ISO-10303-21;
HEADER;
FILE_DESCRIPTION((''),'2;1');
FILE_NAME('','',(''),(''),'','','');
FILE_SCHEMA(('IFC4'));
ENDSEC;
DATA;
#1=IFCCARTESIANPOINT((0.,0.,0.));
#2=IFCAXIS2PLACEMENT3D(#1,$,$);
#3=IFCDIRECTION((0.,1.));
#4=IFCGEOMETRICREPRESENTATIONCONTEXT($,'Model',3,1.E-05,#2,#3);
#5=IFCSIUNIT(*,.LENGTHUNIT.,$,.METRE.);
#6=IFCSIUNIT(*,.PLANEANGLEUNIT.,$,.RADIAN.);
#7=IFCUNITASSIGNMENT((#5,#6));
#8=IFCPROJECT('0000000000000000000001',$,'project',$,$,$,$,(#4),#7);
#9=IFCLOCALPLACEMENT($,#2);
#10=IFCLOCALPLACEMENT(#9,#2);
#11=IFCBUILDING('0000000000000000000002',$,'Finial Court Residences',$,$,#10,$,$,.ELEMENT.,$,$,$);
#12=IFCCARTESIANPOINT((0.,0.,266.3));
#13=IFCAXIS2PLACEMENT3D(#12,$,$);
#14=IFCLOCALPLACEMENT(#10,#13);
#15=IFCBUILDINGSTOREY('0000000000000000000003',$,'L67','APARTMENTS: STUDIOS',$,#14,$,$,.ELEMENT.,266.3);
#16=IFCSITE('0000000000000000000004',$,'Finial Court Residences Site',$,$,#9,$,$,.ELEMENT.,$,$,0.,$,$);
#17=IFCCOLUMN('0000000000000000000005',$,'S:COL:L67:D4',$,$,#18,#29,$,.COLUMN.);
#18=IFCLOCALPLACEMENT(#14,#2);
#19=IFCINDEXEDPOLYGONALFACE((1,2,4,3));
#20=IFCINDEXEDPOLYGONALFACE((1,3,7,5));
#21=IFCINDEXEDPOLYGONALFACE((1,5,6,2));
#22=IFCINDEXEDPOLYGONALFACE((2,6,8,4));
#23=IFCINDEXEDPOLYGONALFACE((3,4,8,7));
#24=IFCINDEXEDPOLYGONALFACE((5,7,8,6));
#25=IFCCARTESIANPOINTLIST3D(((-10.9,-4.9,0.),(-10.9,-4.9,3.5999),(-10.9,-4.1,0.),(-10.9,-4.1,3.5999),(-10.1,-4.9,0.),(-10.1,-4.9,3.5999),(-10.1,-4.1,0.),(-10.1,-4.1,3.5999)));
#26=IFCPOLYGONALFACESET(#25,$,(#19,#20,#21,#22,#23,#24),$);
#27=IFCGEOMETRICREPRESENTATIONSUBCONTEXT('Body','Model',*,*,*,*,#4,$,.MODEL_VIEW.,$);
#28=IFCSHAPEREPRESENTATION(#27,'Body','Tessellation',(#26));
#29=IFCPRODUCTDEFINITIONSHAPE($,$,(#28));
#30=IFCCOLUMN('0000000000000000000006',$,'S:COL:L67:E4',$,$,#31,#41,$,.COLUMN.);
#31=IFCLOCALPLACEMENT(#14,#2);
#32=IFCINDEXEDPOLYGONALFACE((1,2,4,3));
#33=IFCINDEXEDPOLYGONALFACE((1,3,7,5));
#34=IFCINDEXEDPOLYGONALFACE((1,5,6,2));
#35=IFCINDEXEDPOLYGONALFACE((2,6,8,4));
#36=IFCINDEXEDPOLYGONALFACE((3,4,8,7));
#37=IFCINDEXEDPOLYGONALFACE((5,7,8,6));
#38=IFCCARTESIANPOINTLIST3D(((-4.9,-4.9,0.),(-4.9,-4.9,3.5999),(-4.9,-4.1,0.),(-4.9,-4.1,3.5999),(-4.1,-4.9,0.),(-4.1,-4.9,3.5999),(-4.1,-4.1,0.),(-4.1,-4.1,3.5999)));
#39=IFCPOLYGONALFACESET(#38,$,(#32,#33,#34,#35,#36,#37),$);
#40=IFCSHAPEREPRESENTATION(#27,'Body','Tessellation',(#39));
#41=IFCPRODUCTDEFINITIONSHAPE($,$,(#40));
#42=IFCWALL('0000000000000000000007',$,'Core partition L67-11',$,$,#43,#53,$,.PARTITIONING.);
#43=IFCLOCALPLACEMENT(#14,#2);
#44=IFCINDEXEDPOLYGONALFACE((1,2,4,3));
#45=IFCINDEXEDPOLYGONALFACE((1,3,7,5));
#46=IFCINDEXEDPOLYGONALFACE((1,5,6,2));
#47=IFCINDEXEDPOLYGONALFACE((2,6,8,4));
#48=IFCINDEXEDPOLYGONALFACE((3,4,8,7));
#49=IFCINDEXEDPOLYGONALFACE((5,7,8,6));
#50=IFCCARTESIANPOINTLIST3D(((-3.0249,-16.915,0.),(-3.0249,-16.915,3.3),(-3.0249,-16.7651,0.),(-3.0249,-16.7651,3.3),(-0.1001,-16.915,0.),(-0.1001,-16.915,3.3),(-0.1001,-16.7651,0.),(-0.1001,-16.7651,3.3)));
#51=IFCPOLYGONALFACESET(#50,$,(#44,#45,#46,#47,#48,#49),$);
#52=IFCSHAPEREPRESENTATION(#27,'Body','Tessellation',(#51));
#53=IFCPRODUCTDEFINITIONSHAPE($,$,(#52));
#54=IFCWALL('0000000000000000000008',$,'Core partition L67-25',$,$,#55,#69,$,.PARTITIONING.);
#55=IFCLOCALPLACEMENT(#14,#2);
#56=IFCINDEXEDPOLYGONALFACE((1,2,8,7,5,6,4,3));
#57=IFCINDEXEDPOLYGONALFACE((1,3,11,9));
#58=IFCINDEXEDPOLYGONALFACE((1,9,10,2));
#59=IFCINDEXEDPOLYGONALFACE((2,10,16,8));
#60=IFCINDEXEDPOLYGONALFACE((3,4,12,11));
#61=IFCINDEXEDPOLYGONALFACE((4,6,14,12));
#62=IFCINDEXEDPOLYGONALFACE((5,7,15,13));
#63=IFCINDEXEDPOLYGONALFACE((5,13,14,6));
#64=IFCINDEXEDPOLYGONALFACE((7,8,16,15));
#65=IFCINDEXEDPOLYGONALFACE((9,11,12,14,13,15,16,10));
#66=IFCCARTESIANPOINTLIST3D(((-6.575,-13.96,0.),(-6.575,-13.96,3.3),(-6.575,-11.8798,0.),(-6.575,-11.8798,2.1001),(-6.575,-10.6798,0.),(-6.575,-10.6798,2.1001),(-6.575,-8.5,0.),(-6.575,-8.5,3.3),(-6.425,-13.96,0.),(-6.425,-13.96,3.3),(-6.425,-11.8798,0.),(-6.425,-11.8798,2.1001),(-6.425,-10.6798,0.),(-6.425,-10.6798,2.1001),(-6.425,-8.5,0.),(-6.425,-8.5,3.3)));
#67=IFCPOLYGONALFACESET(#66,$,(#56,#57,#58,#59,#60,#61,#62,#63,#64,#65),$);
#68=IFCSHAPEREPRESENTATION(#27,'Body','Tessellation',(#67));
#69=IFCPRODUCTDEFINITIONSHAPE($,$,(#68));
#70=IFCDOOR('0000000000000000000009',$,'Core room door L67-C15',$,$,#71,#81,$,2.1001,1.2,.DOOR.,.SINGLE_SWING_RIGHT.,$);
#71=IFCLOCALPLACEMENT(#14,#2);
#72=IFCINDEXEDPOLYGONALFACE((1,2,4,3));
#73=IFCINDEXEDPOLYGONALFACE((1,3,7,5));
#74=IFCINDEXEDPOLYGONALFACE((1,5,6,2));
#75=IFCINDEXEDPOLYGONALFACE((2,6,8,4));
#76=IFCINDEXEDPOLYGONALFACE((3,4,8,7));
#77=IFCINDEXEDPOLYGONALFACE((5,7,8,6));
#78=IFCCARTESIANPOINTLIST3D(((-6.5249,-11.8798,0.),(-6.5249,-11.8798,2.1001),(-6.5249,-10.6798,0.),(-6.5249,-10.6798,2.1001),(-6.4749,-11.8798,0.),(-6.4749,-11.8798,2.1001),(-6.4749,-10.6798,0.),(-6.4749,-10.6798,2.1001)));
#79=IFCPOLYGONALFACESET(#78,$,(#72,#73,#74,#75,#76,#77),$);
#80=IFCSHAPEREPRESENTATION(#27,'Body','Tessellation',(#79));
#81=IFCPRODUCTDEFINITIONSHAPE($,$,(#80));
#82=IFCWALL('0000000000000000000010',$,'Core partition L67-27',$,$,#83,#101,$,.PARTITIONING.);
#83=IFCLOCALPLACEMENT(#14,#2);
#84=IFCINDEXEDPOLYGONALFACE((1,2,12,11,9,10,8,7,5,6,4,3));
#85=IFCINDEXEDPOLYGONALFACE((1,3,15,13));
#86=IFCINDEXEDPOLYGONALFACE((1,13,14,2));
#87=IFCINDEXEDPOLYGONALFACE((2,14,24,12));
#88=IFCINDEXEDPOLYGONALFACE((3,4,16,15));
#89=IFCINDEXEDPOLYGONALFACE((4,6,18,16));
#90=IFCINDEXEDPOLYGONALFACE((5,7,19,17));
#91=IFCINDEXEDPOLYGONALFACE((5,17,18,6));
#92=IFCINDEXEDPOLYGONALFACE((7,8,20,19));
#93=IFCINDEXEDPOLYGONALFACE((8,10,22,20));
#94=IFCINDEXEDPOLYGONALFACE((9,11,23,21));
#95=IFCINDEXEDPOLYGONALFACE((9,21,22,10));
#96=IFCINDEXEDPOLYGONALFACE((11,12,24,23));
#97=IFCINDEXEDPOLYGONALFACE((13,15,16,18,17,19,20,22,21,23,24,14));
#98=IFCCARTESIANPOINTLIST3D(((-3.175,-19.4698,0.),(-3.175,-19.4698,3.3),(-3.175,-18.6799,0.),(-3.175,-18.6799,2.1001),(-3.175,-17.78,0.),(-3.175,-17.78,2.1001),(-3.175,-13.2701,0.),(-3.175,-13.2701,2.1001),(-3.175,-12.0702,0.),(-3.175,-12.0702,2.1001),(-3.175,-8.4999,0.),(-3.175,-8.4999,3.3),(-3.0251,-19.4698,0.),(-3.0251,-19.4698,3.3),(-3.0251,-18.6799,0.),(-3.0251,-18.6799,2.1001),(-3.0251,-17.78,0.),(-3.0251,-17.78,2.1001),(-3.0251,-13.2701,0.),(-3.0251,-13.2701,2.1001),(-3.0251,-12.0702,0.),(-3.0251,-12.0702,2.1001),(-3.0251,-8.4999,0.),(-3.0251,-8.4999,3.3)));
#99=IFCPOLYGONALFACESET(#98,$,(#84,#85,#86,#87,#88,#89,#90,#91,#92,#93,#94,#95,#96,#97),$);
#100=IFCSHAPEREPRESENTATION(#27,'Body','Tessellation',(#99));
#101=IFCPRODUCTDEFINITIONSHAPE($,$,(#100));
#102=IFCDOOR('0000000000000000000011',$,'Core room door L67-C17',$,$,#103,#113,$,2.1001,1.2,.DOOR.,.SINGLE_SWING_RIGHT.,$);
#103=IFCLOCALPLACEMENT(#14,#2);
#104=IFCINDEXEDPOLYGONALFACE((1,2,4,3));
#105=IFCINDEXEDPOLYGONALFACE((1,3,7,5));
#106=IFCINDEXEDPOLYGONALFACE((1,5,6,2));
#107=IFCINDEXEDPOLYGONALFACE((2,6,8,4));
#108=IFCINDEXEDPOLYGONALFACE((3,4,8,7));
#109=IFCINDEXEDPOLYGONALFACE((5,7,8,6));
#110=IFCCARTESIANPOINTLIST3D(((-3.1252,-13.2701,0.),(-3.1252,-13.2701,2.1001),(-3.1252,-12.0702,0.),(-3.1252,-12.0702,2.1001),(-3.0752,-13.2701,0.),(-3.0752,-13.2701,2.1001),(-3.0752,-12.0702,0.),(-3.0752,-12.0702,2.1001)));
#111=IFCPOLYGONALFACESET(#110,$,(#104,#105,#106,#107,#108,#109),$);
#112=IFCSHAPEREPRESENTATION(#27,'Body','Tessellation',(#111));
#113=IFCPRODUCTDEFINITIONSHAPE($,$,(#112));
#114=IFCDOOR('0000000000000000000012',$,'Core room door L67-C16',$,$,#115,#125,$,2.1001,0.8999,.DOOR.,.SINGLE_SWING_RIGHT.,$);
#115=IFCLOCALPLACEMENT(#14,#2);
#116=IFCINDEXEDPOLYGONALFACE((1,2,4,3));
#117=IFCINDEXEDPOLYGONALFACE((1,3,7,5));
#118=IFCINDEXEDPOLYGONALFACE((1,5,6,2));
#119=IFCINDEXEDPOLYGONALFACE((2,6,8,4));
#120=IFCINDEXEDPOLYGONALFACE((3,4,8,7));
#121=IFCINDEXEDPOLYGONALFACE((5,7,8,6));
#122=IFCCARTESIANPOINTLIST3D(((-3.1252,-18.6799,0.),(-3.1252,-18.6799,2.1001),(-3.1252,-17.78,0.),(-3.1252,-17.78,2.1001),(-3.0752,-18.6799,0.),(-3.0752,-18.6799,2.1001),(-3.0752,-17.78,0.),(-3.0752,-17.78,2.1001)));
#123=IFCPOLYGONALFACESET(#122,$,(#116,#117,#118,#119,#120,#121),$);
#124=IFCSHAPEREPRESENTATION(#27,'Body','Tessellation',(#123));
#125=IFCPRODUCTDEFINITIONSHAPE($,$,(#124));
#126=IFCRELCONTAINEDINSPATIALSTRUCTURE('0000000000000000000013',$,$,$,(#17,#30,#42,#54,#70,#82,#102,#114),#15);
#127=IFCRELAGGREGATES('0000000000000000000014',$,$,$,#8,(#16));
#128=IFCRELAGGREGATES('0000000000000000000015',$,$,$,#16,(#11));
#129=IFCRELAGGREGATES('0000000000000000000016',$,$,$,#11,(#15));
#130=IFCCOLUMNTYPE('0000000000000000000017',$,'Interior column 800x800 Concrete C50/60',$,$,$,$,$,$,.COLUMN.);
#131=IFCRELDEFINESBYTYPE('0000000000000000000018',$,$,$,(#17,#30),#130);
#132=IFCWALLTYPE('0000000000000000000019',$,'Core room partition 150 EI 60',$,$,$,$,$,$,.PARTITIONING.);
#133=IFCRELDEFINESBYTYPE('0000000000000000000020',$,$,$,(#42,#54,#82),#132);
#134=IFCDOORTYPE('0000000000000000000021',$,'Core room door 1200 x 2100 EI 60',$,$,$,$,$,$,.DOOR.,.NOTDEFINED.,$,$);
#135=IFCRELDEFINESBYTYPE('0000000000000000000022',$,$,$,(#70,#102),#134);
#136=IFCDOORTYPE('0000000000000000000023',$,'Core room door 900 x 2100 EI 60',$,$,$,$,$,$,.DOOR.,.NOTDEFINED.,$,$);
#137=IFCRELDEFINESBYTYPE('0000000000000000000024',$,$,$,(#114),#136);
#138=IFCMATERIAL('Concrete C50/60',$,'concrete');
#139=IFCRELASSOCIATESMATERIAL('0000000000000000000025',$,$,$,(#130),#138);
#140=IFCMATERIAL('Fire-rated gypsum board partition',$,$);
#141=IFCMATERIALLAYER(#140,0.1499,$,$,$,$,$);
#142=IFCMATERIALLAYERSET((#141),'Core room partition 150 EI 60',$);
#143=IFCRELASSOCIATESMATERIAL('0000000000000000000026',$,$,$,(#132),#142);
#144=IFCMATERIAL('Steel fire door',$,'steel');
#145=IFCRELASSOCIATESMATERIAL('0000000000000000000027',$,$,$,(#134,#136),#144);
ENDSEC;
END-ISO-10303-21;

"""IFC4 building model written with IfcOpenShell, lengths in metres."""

from ifc_helpers import new_model, si_unit, direction, frame, frame_2d, origin, origin_2d, place, context, subcontext, project, spatial, rectangle, extrude, material, layer, layer_set, material_profile, profile_set, type_object, element, fill, save


model = new_model("IFC4")

# Units and contexts
model_context = context("Model", 3, precision=1e-05, world=origin(), true_north=direction((0.0, 1.0)))
body_context = subcontext(model_context, "Body", "Model", "MODEL_VIEW")
ifc_project = project(units=[si_unit("LENGTHUNIT", "METRE"), si_unit("PLANEANGLEUNIT", "RADIAN")], contexts=[model_context])

# Site, building, storey
site_placement = place(None, origin())
site = spatial("IfcSite", under=ifc_project, at=site_placement, Name="Finial Court Residences Site", CompositionType="ELEMENT", RefElevation=0.0)
building_placement = place(site_placement, origin())
building = spatial("IfcBuilding", under=site, at=building_placement, Name="Finial Court Residences", CompositionType="ELEMENT")
storey_placement = place(building_placement, frame((0.0, 0.0, 266.3)))
storey = spatial("IfcBuildingStorey", under=building, at=storey_placement, Name="L67", Description="APARTMENTS: STUDIOS", CompositionType="ELEMENT", Elevation=266.3)

# Columns
ifc_material_1 = material(Name="Concrete C50/60", Category="concrete")
ifc_material_profile = material_profile(ifc_material_1, rectangle(XDim=0.8, YDim=0.8, at=origin_2d()), Name="800x800")
ifc_profile_set = profile_set([ifc_material_profile], Name="Concrete C50/60")
column_type = type_object("IfcColumnType", Name="Interior column 800x800 Concrete C50/60", PredefinedType="COLUMN", material=ifc_profile_set)
for number, where, z_axis, x_axis, name in (
    (1, (-10.5, -4.5, 0.0), (0.0, 0.0, 1.0), (1.0, 0.0, 0.0), "S:COL:L67:D4"),
    (2, (-4.5, -4.5, 0.0), (0.0, 0.0, 1.0), (1.0, 0.0, 0.0), "S:COL:L67:E4"),
):
    element("IfcColumn", number, at=place(storey_placement, frame(where, z_axis=z_axis, x_axis=x_axis)), inside=storey, type_object=column_type, Name=name, PredefinedType="COLUMN", context=body_context, shape_type="SweptSolid", body=[
        extrude(rectangle(XDim=0.8, YDim=0.8, at=origin_2d()), origin(), (0.0, 0.0, 1.0), 3.5999),
    ])

# Wall
ifc_material_2 = material(Name="Fire-rated gypsum board partition")
ifc_layer_1 = layer(ifc_material_2, 0.1499)
ifc_layer_set_1 = layer_set([ifc_layer_1], Name="Core room partition 150 EI 60")
wall_type_1 = type_object("IfcWallType", Name="Core room partition 150 EI 60", PredefinedType="PARTITIONING", material=ifc_layer_set_1)
wall_1_placement = place(storey_placement, frame((-3.0249, -16.8401, 0.0), z_axis=(0.0, 0.0, 1.0), x_axis=(1.0, 0.0, 0.0)))
element("IfcWall", 3, at=wall_1_placement, inside=storey, type_object=wall_type_1, Name="Core partition L67-11", PredefinedType="PARTITIONING", context=body_context, shape_type="SweptSolid", body=[
    extrude(rectangle(XDim=2.9248, YDim=0.1499, at=frame_2d((1.4624, 0.0))), origin(), (0.0, 0.0, 1.0), 3.3),
])

# Wall, opening, door
wall_2_placement = place(storey_placement, frame((-6.5, -13.96, 0.0), z_axis=(0.0, 0.0, 1.0), x_axis=(0.0, 1.0, 0.0)))
wall_2 = element("IfcWall", 4, at=wall_2_placement, inside=storey, type_object=wall_type_1, Name="Core partition L67-25", PredefinedType="PARTITIONING", context=body_context, shape_type="SweptSolid", body=[
    extrude(rectangle(XDim=5.46, YDim=0.1499, at=frame_2d((2.73, 0.0))), origin(), (0.0, 0.0, 1.0), 3.3),
])
opening_1_placement = place(wall_2_placement, frame((2.0801, 0.0, 0.0)))
opening_1 = element("IfcOpeningElement", 5, at=opening_1_placement, cuts=wall_2, PredefinedType="OPENING", context=body_context, shape_type="SweptSolid", body=[
    extrude(rectangle(XDim=1.2, YDim=2.1001, at=frame_2d((0.6001, 1.05))), frame((0.0, 0.085, 0.0), z_axis=(0.0, -1.0, 0.0), x_axis=(1.0, 0.0, 0.0)), (0.0, 0.0, 1.0), 0.1699),
])
ifc_material_3 = material(Name="Steel fire door", Category="steel")
door_type_1 = type_object("IfcDoorType", Name="Core room door 1200 x 2100 EI 60", OperationType="NOTDEFINED", PredefinedType="DOOR", material=ifc_material_3)
door_1_placement = place(opening_1_placement, origin())
door_1 = element("IfcDoor", 6, at=door_1_placement, inside=storey, type_object=door_type_1, Name="Core room door L67-C15", OperationType="SINGLE_SWING_RIGHT", OverallHeight=2.1001, OverallWidth=1.2, PredefinedType="DOOR", context=body_context, shape_type="SweptSolid", body=[
    extrude(rectangle(XDim=1.2, YDim=2.1001, at=frame_2d((0.6001, 1.05))), frame((0.0, 0.0249, 0.0), z_axis=(0.0, -1.0, 0.0), x_axis=(1.0, 0.0, 0.0)), (0.0, 0.0, 1.0), 0.05),
])
fill(opening_1, door_1)

# Wall, openings, doors
wall_3_placement = place(storey_placement, frame((-3.1001, -8.5, 0.0), z_axis=(0.0, 0.0, 1.0), x_axis=(0.0, -1.0, 0.0)))
wall_3 = element("IfcWall", 7, at=wall_3_placement, inside=storey, type_object=wall_type_1, Name="Core partition L67-27", PredefinedType="PARTITIONING", context=body_context, shape_type="SweptSolid", body=[
    extrude(rectangle(XDim=10.97, YDim=0.1499, at=frame_2d((5.4849, 0.0))), origin(), (0.0, 0.0, 1.0), 3.3),
])
opening_2_placement = place(wall_3_placement, frame((9.28, 0.0, 0.0)))
opening_2 = element("IfcOpeningElement", 8, at=opening_2_placement, cuts=wall_3, PredefinedType="OPENING", context=body_context, shape_type="SweptSolid", body=[
    extrude(rectangle(XDim=0.8999, YDim=2.1001, at=frame_2d((0.45, 1.05))), frame((0.0, 0.085, 0.0), z_axis=(0.0, -1.0, 0.0), x_axis=(1.0, 0.0, 0.0)), (0.0, 0.0, 1.0), 0.1699),
])
opening_3_placement = place(wall_3_placement, frame((3.5701, 0.0, 0.0)))
opening_3 = element("IfcOpeningElement", 9, at=opening_3_placement, cuts=wall_3, PredefinedType="OPENING", context=body_context, shape_type="SweptSolid", body=[
    extrude(rectangle(XDim=1.2, YDim=2.1001, at=frame_2d((0.6001, 1.05))), frame((0.0, 0.085, 0.0), z_axis=(0.0, -1.0, 0.0), x_axis=(1.0, 0.0, 0.0)), (0.0, 0.0, 1.0), 0.1699),
])
door_2_placement = place(opening_3_placement, origin())
door_2 = element("IfcDoor", 10, at=door_2_placement, inside=storey, type_object=door_type_1, Name="Core room door L67-C17", OperationType="SINGLE_SWING_RIGHT", OverallHeight=2.1001, OverallWidth=1.2, PredefinedType="DOOR", context=body_context, shape_type="SweptSolid", body=[
    extrude(rectangle(XDim=1.2, YDim=2.1001, at=frame_2d((0.6001, 1.05))), frame((0.0, 0.0249, 0.0), z_axis=(0.0, -1.0, 0.0), x_axis=(1.0, 0.0, 0.0)), (0.0, 0.0, 1.0), 0.05),
])
fill(opening_3, door_2)
door_type_2 = type_object("IfcDoorType", Name="Core room door 900 x 2100 EI 60", OperationType="NOTDEFINED", PredefinedType="DOOR", material=ifc_material_3)
door_3_placement = place(opening_2_placement, origin())
door_3 = element("IfcDoor", 11, at=door_3_placement, inside=storey, type_object=door_type_2, Name="Core room door L67-C16", OperationType="SINGLE_SWING_RIGHT", OverallHeight=2.1001, OverallWidth=0.8999, PredefinedType="DOOR", context=body_context, shape_type="SweptSolid", body=[
    extrude(rectangle(XDim=0.8999, YDim=2.1001, at=frame_2d((0.45, 1.05))), frame((0.0, 0.0249, 0.0), z_axis=(0.0, -1.0, 0.0), x_axis=(1.0, 0.0, 0.0)), (0.0, 0.0, 1.0), 0.05),
])
fill(opening_2, door_3)

save(model, "model.ifc")
